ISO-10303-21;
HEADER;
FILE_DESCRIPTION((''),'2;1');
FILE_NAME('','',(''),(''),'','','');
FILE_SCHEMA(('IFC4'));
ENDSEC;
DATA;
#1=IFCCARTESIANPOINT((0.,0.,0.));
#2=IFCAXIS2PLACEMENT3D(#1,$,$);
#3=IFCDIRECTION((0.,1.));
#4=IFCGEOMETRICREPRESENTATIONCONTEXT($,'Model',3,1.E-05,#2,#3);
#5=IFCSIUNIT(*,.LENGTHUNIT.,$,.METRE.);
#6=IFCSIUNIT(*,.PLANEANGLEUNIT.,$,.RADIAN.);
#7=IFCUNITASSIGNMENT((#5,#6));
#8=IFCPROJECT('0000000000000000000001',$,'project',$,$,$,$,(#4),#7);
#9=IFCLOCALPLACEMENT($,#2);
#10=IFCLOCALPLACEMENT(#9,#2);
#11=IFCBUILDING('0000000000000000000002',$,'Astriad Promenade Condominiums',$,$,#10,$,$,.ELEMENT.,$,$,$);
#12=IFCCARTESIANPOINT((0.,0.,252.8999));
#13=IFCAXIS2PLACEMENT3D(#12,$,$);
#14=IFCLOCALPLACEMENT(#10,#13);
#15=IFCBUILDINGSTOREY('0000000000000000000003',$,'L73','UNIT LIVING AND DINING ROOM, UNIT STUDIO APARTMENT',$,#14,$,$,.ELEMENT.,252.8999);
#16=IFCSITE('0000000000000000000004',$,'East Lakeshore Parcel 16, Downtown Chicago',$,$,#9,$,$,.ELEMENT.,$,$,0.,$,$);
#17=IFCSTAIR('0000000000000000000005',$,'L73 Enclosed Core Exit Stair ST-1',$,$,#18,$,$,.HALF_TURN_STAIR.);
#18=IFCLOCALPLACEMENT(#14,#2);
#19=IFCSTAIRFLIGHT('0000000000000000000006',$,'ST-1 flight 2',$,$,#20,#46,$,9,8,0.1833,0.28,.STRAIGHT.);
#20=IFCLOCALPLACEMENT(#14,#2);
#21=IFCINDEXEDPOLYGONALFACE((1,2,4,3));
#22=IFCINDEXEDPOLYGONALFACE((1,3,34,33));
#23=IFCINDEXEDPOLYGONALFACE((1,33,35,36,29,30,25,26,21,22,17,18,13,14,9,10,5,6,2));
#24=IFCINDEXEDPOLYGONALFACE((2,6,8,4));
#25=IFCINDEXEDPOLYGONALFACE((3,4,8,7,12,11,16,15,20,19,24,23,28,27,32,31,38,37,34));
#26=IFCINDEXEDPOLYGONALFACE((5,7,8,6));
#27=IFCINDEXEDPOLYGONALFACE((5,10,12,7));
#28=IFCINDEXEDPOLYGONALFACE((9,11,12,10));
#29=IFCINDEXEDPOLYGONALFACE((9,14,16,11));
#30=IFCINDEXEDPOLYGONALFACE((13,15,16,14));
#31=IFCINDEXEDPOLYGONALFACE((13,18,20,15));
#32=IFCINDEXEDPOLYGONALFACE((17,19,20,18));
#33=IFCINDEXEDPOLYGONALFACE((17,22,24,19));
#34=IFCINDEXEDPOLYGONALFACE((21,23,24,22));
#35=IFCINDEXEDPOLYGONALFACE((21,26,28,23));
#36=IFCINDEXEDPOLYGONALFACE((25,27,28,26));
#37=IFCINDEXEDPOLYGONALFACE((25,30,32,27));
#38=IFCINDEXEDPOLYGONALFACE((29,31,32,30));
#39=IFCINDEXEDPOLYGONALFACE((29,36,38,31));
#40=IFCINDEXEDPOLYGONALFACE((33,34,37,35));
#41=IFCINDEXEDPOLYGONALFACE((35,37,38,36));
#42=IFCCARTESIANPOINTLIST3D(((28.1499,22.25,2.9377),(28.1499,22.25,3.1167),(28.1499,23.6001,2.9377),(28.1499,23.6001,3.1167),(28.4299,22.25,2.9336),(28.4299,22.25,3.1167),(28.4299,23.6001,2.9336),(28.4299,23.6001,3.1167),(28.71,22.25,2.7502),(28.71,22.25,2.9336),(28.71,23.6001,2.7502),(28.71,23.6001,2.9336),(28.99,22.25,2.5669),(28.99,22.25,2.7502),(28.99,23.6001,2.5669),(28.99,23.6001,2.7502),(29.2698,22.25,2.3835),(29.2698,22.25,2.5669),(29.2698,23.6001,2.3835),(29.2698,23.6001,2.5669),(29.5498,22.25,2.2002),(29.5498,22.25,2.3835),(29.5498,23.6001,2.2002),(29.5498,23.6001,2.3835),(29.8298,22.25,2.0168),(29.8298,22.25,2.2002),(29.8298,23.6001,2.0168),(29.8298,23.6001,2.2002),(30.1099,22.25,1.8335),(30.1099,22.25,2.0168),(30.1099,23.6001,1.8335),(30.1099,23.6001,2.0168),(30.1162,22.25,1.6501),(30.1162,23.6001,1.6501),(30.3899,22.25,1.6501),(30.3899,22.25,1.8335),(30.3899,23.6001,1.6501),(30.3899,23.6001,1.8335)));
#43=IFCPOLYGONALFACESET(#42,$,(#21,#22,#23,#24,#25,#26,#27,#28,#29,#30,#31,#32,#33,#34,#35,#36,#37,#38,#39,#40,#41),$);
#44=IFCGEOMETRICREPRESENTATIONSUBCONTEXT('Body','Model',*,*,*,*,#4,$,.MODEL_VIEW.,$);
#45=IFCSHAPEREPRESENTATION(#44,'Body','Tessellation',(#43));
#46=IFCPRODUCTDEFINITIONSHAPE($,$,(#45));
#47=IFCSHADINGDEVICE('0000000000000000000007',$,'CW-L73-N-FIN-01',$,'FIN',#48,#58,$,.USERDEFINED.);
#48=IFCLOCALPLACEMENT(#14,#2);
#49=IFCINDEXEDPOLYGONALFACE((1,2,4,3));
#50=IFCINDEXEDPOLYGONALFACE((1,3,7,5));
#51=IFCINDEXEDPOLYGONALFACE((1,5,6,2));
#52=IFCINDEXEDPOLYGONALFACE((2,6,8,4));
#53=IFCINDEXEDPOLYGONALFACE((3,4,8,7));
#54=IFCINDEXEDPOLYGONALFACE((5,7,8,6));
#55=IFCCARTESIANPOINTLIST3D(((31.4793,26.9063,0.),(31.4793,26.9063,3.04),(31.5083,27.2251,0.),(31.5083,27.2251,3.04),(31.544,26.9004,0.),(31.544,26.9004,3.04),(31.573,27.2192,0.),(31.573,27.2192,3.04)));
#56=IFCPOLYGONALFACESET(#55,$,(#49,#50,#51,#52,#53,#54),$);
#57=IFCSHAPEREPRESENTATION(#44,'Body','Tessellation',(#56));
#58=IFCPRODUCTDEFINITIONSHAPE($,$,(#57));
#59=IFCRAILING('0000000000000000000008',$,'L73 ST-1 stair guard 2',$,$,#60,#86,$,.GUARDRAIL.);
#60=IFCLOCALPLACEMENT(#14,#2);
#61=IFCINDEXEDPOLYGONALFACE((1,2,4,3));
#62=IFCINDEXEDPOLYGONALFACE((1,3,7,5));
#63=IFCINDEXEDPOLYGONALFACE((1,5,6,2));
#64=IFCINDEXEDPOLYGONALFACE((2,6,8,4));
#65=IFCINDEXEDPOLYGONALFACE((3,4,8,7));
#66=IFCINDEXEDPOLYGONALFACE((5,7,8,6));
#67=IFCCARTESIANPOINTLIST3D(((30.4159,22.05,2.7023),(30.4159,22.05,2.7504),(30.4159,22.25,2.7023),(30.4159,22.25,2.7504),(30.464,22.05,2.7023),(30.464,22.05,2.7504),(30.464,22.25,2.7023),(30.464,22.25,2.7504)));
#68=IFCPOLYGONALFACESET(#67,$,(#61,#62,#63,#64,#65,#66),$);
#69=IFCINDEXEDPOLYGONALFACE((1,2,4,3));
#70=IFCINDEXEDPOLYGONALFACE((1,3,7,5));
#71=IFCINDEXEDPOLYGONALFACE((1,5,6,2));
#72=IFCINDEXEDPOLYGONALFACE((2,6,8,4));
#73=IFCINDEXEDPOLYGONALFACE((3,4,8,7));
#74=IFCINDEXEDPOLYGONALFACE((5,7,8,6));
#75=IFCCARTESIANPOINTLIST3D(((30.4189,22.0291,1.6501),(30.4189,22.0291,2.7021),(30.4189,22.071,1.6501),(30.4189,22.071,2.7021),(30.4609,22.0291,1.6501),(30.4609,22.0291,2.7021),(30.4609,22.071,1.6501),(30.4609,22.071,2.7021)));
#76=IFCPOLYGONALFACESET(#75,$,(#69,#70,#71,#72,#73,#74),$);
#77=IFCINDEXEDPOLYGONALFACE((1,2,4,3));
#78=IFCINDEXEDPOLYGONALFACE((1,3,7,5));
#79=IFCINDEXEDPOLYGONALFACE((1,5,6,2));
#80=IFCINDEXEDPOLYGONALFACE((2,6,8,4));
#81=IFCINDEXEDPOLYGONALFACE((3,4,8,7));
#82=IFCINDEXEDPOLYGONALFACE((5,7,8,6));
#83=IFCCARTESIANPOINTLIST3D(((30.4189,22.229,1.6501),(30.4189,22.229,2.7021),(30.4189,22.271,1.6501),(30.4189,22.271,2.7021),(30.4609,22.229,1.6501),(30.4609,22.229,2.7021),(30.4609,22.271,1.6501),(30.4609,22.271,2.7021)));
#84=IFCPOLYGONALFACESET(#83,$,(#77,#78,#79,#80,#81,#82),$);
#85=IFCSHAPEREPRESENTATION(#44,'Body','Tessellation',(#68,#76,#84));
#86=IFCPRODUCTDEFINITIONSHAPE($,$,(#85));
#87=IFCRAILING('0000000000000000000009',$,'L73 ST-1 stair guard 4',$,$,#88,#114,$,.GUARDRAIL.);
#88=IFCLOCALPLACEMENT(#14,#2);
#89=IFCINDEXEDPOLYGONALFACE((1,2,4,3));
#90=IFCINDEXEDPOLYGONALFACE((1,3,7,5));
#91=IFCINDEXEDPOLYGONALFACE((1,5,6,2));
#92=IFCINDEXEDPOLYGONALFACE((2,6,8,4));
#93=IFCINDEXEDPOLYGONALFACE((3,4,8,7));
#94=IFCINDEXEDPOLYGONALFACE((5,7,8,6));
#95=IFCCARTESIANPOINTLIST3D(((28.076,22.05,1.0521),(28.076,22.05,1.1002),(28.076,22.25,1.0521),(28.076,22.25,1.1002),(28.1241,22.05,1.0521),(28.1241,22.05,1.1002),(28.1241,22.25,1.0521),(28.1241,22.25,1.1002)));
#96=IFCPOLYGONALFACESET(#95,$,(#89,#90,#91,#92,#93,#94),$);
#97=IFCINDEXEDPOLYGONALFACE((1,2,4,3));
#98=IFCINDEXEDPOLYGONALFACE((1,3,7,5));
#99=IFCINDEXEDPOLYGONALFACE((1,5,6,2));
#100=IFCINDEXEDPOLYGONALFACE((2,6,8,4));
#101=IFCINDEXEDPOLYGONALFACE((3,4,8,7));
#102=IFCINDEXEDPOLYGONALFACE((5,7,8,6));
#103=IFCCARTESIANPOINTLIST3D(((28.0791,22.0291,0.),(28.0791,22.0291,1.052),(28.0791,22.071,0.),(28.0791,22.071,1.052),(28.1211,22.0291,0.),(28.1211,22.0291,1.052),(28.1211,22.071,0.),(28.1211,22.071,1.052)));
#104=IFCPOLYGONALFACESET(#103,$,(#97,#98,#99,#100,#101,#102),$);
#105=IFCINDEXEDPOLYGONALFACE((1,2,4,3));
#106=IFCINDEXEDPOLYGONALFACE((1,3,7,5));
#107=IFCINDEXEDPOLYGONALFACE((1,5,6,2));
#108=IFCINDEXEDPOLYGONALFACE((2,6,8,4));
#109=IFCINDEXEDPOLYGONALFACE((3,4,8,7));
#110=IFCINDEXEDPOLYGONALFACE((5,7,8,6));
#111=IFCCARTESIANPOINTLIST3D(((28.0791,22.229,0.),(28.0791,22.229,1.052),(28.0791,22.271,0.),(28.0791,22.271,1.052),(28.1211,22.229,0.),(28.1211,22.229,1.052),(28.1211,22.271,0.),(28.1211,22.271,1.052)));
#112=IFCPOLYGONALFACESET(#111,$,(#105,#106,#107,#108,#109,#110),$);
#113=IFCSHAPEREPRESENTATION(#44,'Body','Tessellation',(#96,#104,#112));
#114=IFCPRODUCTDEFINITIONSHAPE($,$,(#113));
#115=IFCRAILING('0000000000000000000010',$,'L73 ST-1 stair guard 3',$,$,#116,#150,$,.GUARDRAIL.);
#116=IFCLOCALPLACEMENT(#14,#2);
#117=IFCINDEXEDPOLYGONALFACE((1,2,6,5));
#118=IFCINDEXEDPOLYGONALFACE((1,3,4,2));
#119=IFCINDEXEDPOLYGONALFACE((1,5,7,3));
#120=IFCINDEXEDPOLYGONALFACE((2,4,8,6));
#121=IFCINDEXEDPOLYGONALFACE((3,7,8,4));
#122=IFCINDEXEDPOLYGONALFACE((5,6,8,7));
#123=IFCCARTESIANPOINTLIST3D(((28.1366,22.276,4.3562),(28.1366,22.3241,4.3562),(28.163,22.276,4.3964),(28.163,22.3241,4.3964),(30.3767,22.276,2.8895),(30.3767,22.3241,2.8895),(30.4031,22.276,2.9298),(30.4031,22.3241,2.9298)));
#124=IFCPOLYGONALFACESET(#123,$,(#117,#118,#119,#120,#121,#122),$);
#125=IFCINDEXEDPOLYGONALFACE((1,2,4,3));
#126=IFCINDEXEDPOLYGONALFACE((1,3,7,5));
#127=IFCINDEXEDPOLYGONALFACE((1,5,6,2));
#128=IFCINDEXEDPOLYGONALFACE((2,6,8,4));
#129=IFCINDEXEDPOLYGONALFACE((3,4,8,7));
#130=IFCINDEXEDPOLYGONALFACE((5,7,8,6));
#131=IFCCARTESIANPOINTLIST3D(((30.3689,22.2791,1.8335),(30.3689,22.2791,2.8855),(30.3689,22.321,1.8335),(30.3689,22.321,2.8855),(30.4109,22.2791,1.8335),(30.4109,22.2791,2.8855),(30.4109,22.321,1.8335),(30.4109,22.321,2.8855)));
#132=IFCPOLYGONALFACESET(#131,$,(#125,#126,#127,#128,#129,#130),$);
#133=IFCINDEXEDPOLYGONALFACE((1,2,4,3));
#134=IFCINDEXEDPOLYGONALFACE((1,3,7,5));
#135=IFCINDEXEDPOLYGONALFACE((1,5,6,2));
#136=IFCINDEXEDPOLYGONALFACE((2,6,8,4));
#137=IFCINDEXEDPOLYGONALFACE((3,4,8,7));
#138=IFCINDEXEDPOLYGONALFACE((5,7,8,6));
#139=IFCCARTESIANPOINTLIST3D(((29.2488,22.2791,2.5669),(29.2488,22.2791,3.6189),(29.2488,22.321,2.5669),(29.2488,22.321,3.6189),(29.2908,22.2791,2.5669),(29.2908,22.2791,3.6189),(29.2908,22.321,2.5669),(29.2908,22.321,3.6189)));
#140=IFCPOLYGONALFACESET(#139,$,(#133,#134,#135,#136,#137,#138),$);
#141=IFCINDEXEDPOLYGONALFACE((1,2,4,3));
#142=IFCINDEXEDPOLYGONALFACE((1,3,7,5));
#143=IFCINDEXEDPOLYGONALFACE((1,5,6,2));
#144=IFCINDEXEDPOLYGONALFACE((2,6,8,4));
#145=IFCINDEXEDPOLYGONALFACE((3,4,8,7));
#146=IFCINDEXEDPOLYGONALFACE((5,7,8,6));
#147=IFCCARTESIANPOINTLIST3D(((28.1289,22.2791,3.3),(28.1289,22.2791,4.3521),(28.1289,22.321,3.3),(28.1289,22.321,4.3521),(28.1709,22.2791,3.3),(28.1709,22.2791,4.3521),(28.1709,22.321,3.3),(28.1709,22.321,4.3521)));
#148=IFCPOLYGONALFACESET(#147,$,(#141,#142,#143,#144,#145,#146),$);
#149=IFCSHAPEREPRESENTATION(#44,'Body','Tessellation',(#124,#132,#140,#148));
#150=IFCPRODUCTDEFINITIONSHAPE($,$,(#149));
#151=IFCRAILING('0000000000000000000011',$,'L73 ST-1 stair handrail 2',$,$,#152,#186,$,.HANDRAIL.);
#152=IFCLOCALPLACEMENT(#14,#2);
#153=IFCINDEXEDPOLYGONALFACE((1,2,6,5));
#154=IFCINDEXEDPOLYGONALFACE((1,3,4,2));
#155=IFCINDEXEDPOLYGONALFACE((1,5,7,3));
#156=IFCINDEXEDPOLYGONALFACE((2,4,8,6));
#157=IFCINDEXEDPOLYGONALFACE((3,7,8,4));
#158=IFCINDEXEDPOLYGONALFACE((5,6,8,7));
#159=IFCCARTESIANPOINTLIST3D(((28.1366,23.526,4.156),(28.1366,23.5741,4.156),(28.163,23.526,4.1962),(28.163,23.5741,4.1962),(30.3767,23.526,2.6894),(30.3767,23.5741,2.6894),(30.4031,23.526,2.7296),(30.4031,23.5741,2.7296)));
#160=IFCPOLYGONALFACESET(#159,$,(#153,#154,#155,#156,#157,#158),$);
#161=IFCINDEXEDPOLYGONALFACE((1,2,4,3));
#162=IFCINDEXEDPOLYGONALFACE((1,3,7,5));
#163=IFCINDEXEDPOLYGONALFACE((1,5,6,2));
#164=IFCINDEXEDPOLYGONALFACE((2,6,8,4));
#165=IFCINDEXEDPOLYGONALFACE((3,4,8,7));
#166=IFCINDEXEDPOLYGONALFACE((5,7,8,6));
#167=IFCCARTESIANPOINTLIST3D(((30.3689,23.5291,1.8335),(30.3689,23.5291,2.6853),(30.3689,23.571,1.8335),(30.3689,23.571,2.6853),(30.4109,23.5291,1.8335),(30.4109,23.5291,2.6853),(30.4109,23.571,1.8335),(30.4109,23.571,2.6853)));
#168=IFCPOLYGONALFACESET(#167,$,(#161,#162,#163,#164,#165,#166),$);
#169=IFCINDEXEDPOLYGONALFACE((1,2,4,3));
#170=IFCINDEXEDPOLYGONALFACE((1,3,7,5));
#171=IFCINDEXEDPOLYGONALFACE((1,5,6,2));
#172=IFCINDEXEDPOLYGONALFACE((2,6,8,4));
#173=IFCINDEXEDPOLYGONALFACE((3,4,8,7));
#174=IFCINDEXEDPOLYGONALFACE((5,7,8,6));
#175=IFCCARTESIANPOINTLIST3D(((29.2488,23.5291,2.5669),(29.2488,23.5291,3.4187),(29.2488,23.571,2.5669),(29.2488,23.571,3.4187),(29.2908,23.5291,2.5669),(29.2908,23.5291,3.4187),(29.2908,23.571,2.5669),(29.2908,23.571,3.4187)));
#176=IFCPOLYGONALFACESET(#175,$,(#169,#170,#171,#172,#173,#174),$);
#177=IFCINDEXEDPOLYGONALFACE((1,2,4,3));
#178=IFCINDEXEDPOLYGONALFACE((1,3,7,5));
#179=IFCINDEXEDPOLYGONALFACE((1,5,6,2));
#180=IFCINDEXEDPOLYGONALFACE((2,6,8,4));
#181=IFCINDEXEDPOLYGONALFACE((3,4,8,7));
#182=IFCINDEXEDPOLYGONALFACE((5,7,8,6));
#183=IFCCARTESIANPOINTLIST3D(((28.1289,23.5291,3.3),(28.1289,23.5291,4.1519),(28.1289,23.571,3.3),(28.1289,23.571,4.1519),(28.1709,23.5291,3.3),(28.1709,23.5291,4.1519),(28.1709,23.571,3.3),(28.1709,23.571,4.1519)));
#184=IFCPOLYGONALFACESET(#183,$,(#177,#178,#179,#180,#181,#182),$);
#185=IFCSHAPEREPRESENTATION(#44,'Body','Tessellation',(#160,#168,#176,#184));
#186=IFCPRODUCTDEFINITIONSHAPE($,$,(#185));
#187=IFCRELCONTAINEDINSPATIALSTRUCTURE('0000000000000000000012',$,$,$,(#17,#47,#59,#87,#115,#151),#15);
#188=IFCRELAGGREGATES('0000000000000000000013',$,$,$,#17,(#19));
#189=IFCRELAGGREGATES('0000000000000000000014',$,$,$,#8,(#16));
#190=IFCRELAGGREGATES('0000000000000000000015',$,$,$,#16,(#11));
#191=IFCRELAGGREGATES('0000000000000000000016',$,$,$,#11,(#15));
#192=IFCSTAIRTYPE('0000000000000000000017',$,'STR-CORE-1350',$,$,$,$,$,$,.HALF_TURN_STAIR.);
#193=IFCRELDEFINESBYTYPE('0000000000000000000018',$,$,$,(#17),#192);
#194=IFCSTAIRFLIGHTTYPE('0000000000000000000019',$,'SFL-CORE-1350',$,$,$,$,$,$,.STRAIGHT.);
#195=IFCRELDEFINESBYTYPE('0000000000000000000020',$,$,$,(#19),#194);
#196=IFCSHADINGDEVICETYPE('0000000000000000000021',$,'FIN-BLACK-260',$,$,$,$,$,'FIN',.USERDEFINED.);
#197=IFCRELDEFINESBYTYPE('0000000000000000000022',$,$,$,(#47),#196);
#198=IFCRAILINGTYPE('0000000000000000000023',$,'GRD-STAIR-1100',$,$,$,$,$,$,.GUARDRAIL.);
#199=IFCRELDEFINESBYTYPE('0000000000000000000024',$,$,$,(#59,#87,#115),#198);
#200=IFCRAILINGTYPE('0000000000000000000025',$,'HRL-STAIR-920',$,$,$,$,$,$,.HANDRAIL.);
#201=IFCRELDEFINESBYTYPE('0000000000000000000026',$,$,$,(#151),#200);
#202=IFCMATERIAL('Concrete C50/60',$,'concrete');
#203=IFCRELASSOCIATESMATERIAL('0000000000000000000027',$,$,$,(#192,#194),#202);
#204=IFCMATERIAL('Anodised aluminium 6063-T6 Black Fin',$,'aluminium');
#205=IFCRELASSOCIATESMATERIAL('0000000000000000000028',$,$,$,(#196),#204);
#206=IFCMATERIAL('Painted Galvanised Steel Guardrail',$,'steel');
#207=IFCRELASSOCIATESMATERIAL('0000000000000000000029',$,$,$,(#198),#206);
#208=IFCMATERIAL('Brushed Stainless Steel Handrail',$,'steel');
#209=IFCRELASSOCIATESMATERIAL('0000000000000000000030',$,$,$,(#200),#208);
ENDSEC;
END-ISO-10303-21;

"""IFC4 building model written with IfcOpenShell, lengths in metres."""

from ifc_helpers import new_model, si_unit, direction, frame, origin, origin_2d, place, context, subcontext, project, spatial, polyline, rectangle, outline, extrude, source, transform, mapped, material, type_object, type_shapes, element, aggregate, save


model = new_model("IFC4")

# Units and contexts
model_context = context("Model", 3, precision=1e-05, world=origin(), true_north=direction((0.0, 1.0)))
body_context = subcontext(model_context, "Body", "Model", "MODEL_VIEW")
ifc_project = project(units=[si_unit("LENGTHUNIT", "METRE"), si_unit("PLANEANGLEUNIT", "RADIAN")], contexts=[model_context])

# Site, building, storey
site_placement = place(None, origin())
site = spatial("IfcSite", under=ifc_project, at=site_placement, Name="East Lakeshore Parcel 16, Downtown Chicago", CompositionType="ELEMENT", RefElevation=0.0)
building_placement = place(site_placement, origin())
building = spatial("IfcBuilding", under=site, at=building_placement, Name="Astriad Promenade Condominiums", CompositionType="ELEMENT")
storey_placement = place(building_placement, frame((0.0, 0.0, 252.8999)))
storey = spatial("IfcBuildingStorey", under=building, at=storey_placement, Name="L73", Description="UNIT LIVING AND DINING ROOM, UNIT STUDIO APARTMENT", CompositionType="ELEMENT", Elevation=252.8999)

# Shared definitions
ifc_material_1 = material(Name="Concrete C50/60", Category="concrete")

# Stair, stair flight
stair_type = type_object("IfcStairType", Name="STR-CORE-1350", PredefinedType="HALF_TURN_STAIR", material=ifc_material_1)
stair_placement = place(storey_placement, origin())
stair = element("IfcStair", 1, at=stair_placement, inside=storey, type_object=stair_type, Name="L73 Enclosed Core Exit Stair ST-1", PredefinedType="HALF_TURN_STAIR")
stair_flight_type = type_object("IfcStairFlightType", Name="SFL-CORE-1350", PredefinedType="STRAIGHT", material=ifc_material_1)
shared_shape_1 = source(origin(), body_context, "Body", "SweptSolid", [
    extrude(outline(polyline([(0.0, 0.0), (0.0, 0.1833), (0.28, 0.1833), (0.28, 0.3667), (0.5601, 0.3667), (0.5601, 0.55), (0.8401, 0.55), (0.8401, 0.7334), (1.1201, 0.7334), (1.1201, 0.9167), (1.3999, 0.9167), (1.3999, 1.1001), (1.6799, 1.1001), (1.6799, 1.2834), (1.96, 1.2834), (1.96, 1.4666), (2.24, 1.4666), (2.24, 1.6499), (2.24, 1.2876), (0.2737, 0.0), (0.0, 0.0)])), frame((0.0, 0.675, 0.0), z_axis=(0.0, -1.0, 0.0), x_axis=(1.0, 0.0, 0.0)), (0.0, 0.0, 1.0), 1.3501),
])
type_shapes(stair_flight_type, [shared_shape_1])
stair_flight_1_placement = place(storey_placement, frame((30.3899, 22.925, 1.6501), z_axis=(0.0, 0.0, 1.0), x_axis=(-1.0, 0.0, 0.0)))
stair_flight_1 = element("IfcStairFlight", 2, at=stair_flight_1_placement, type_object=stair_flight_type, Name="ST-1 flight 2", NumberOfRisers=9, NumberOfTreads=8, PredefinedType="STRAIGHT", RiserHeight=0.1833, TreadLength=0.28, context=body_context, shape_type="MappedRepresentation", body=[
    mapped(shared_shape_1, transform((0.0, 0.0, 0.0), scale=1.0)),
])
aggregate(stair, [stair_flight_1])

# Shading device
ifc_material_2 = material(Name="Anodised aluminium 6063-T6 Black Fin", Category="aluminium")
shading_device_type = type_object("IfcShadingDeviceType", Name="FIN-BLACK-260", ElementType="FIN", PredefinedType="USERDEFINED", material=ifc_material_2)
shared_shape_2 = source(origin(), body_context, "Body", "SweptSolid", [
    extrude(rectangle(XDim=0.0649, YDim=0.3201, at=origin_2d()), origin(), (0.0, 0.0, 1.0), 3.04),
])
type_shapes(shading_device_type, [shared_shape_2])
shading_device_placement = place(storey_placement, frame((31.5261, 27.0627, 0.0), z_axis=(0.0, 0.0, 1.0), x_axis=(0.995884, -0.090633, 0.0)))
element("IfcShadingDevice", 3, at=shading_device_placement, inside=storey, type_object=shading_device_type, Name="CW-L73-N-FIN-01", ObjectType="FIN", PredefinedType="USERDEFINED", context=body_context, shape_type="MappedRepresentation", body=[
    mapped(shared_shape_2, transform((0.0, 0.0, 0.0), scale=1.0)),
])

# Railings
ifc_material_3 = material(Name="Painted Galvanised Steel Guardrail", Category="steel")
railing_type_1 = type_object("IfcRailingType", Name="GRD-STAIR-1100", PredefinedType="GUARDRAIL", material=ifc_material_3)
shared_shape_3 = source(origin(), body_context, "Body", "SweptSolid", [
    extrude(rectangle(XDim=0.0481, YDim=0.0481, at=origin_2d()), frame((0.0, 0.0, 1.0762), z_axis=(0.0, 1.0, 0.0), x_axis=(-1.0, 0.0, 0.0)), (0.0, 0.0, 1.0), 0.2),
    extrude(rectangle(XDim=0.042, YDim=0.042, at=origin_2d()), origin(), (0.0, 0.0, 1.0), 1.052),
    extrude(rectangle(XDim=0.042, YDim=0.042, at=origin_2d()), frame((0.0, 0.2, 0.0)), (0.0, 0.0, 1.0), 1.052),
])
for number, where, name in (
    (4, (30.4399, 22.05, 1.6501), "L73 ST-1 stair guard 2"),
    (5, (28.1001, 22.05, 0.0), "L73 ST-1 stair guard 4"),
):
    element("IfcRailing", number, at=place(storey_placement, frame(where)), inside=storey, type_object=railing_type_1, Name=name, PredefinedType="GUARDRAIL", context=body_context, shape_type="MappedRepresentation", body=[
        mapped(shared_shape_3, transform((0.0, 0.0, 0.0), scale=1.0)),
    ])
shared_shape_4 = source(origin(), body_context, "Body", "SweptSolid", [
    extrude(rectangle(XDim=0.0481, YDim=0.0481, at=origin_2d()), frame((0.0, 0.0, 1.0762), z_axis=(-0.836637, 0.0, 0.547758), x_axis=(0.0, -1.0, 0.0)), (0.0, 0.0, 1.0), 2.6775),
    extrude(rectangle(XDim=0.042, YDim=0.042, at=origin_2d()), origin(), (0.0, 0.0, 1.0), 1.052),
    extrude(rectangle(XDim=0.042, YDim=0.042, at=origin_2d()), frame((-1.1201, 0.0, 0.7334)), (0.0, 0.0, 1.0), 1.052),
    extrude(rectangle(XDim=0.042, YDim=0.042, at=origin_2d()), frame((-2.24, 0.0, 1.4666)), (0.0, 0.0, 1.0), 1.052),
])
railing_1_placement = place(storey_placement, frame((30.3899, 22.3, 1.8335)))
element("IfcRailing", 6, at=railing_1_placement, inside=storey, type_object=railing_type_1, Name="L73 ST-1 stair guard 3", PredefinedType="GUARDRAIL", context=body_context, shape_type="MappedRepresentation", body=[
    mapped(shared_shape_4, transform((0.0, 0.0, 0.0), scale=1.0)),
])
ifc_material_4 = material(Name="Brushed Stainless Steel Handrail", Category="steel")
railing_type_2 = type_object("IfcRailingType", Name="HRL-STAIR-920", PredefinedType="HANDRAIL", material=ifc_material_4)
shared_shape_5 = source(origin(), body_context, "Body", "SweptSolid", [
    extrude(rectangle(XDim=0.0481, YDim=0.0481, at=origin_2d()), frame((0.0, 0.0, 0.876), z_axis=(-0.836637, 0.0, 0.547758), x_axis=(0.0, -1.0, 0.0)), (0.0, 0.0, 1.0), 2.6775),
    extrude(rectangle(XDim=0.042, YDim=0.042, at=origin_2d()), origin(), (0.0, 0.0, 1.0), 0.8518),
    extrude(rectangle(XDim=0.042, YDim=0.042, at=origin_2d()), frame((-1.1201, 0.0, 0.7334)), (0.0, 0.0, 1.0), 0.8518),
    extrude(rectangle(XDim=0.042, YDim=0.042, at=origin_2d()), frame((-2.24, 0.0, 1.4666)), (0.0, 0.0, 1.0), 0.8518),
])
railing_2_placement = place(storey_placement, frame((30.3899, 23.55, 1.8335)))
element("IfcRailing", 7, at=railing_2_placement, inside=storey, type_object=railing_type_2, Name="L73 ST-1 stair handrail 2", PredefinedType="HANDRAIL", context=body_context, shape_type="MappedRepresentation", body=[
    mapped(shared_shape_5, transform((0.0, 0.0, 0.0), scale=1.0)),
])

save(model, "model.ifc")
